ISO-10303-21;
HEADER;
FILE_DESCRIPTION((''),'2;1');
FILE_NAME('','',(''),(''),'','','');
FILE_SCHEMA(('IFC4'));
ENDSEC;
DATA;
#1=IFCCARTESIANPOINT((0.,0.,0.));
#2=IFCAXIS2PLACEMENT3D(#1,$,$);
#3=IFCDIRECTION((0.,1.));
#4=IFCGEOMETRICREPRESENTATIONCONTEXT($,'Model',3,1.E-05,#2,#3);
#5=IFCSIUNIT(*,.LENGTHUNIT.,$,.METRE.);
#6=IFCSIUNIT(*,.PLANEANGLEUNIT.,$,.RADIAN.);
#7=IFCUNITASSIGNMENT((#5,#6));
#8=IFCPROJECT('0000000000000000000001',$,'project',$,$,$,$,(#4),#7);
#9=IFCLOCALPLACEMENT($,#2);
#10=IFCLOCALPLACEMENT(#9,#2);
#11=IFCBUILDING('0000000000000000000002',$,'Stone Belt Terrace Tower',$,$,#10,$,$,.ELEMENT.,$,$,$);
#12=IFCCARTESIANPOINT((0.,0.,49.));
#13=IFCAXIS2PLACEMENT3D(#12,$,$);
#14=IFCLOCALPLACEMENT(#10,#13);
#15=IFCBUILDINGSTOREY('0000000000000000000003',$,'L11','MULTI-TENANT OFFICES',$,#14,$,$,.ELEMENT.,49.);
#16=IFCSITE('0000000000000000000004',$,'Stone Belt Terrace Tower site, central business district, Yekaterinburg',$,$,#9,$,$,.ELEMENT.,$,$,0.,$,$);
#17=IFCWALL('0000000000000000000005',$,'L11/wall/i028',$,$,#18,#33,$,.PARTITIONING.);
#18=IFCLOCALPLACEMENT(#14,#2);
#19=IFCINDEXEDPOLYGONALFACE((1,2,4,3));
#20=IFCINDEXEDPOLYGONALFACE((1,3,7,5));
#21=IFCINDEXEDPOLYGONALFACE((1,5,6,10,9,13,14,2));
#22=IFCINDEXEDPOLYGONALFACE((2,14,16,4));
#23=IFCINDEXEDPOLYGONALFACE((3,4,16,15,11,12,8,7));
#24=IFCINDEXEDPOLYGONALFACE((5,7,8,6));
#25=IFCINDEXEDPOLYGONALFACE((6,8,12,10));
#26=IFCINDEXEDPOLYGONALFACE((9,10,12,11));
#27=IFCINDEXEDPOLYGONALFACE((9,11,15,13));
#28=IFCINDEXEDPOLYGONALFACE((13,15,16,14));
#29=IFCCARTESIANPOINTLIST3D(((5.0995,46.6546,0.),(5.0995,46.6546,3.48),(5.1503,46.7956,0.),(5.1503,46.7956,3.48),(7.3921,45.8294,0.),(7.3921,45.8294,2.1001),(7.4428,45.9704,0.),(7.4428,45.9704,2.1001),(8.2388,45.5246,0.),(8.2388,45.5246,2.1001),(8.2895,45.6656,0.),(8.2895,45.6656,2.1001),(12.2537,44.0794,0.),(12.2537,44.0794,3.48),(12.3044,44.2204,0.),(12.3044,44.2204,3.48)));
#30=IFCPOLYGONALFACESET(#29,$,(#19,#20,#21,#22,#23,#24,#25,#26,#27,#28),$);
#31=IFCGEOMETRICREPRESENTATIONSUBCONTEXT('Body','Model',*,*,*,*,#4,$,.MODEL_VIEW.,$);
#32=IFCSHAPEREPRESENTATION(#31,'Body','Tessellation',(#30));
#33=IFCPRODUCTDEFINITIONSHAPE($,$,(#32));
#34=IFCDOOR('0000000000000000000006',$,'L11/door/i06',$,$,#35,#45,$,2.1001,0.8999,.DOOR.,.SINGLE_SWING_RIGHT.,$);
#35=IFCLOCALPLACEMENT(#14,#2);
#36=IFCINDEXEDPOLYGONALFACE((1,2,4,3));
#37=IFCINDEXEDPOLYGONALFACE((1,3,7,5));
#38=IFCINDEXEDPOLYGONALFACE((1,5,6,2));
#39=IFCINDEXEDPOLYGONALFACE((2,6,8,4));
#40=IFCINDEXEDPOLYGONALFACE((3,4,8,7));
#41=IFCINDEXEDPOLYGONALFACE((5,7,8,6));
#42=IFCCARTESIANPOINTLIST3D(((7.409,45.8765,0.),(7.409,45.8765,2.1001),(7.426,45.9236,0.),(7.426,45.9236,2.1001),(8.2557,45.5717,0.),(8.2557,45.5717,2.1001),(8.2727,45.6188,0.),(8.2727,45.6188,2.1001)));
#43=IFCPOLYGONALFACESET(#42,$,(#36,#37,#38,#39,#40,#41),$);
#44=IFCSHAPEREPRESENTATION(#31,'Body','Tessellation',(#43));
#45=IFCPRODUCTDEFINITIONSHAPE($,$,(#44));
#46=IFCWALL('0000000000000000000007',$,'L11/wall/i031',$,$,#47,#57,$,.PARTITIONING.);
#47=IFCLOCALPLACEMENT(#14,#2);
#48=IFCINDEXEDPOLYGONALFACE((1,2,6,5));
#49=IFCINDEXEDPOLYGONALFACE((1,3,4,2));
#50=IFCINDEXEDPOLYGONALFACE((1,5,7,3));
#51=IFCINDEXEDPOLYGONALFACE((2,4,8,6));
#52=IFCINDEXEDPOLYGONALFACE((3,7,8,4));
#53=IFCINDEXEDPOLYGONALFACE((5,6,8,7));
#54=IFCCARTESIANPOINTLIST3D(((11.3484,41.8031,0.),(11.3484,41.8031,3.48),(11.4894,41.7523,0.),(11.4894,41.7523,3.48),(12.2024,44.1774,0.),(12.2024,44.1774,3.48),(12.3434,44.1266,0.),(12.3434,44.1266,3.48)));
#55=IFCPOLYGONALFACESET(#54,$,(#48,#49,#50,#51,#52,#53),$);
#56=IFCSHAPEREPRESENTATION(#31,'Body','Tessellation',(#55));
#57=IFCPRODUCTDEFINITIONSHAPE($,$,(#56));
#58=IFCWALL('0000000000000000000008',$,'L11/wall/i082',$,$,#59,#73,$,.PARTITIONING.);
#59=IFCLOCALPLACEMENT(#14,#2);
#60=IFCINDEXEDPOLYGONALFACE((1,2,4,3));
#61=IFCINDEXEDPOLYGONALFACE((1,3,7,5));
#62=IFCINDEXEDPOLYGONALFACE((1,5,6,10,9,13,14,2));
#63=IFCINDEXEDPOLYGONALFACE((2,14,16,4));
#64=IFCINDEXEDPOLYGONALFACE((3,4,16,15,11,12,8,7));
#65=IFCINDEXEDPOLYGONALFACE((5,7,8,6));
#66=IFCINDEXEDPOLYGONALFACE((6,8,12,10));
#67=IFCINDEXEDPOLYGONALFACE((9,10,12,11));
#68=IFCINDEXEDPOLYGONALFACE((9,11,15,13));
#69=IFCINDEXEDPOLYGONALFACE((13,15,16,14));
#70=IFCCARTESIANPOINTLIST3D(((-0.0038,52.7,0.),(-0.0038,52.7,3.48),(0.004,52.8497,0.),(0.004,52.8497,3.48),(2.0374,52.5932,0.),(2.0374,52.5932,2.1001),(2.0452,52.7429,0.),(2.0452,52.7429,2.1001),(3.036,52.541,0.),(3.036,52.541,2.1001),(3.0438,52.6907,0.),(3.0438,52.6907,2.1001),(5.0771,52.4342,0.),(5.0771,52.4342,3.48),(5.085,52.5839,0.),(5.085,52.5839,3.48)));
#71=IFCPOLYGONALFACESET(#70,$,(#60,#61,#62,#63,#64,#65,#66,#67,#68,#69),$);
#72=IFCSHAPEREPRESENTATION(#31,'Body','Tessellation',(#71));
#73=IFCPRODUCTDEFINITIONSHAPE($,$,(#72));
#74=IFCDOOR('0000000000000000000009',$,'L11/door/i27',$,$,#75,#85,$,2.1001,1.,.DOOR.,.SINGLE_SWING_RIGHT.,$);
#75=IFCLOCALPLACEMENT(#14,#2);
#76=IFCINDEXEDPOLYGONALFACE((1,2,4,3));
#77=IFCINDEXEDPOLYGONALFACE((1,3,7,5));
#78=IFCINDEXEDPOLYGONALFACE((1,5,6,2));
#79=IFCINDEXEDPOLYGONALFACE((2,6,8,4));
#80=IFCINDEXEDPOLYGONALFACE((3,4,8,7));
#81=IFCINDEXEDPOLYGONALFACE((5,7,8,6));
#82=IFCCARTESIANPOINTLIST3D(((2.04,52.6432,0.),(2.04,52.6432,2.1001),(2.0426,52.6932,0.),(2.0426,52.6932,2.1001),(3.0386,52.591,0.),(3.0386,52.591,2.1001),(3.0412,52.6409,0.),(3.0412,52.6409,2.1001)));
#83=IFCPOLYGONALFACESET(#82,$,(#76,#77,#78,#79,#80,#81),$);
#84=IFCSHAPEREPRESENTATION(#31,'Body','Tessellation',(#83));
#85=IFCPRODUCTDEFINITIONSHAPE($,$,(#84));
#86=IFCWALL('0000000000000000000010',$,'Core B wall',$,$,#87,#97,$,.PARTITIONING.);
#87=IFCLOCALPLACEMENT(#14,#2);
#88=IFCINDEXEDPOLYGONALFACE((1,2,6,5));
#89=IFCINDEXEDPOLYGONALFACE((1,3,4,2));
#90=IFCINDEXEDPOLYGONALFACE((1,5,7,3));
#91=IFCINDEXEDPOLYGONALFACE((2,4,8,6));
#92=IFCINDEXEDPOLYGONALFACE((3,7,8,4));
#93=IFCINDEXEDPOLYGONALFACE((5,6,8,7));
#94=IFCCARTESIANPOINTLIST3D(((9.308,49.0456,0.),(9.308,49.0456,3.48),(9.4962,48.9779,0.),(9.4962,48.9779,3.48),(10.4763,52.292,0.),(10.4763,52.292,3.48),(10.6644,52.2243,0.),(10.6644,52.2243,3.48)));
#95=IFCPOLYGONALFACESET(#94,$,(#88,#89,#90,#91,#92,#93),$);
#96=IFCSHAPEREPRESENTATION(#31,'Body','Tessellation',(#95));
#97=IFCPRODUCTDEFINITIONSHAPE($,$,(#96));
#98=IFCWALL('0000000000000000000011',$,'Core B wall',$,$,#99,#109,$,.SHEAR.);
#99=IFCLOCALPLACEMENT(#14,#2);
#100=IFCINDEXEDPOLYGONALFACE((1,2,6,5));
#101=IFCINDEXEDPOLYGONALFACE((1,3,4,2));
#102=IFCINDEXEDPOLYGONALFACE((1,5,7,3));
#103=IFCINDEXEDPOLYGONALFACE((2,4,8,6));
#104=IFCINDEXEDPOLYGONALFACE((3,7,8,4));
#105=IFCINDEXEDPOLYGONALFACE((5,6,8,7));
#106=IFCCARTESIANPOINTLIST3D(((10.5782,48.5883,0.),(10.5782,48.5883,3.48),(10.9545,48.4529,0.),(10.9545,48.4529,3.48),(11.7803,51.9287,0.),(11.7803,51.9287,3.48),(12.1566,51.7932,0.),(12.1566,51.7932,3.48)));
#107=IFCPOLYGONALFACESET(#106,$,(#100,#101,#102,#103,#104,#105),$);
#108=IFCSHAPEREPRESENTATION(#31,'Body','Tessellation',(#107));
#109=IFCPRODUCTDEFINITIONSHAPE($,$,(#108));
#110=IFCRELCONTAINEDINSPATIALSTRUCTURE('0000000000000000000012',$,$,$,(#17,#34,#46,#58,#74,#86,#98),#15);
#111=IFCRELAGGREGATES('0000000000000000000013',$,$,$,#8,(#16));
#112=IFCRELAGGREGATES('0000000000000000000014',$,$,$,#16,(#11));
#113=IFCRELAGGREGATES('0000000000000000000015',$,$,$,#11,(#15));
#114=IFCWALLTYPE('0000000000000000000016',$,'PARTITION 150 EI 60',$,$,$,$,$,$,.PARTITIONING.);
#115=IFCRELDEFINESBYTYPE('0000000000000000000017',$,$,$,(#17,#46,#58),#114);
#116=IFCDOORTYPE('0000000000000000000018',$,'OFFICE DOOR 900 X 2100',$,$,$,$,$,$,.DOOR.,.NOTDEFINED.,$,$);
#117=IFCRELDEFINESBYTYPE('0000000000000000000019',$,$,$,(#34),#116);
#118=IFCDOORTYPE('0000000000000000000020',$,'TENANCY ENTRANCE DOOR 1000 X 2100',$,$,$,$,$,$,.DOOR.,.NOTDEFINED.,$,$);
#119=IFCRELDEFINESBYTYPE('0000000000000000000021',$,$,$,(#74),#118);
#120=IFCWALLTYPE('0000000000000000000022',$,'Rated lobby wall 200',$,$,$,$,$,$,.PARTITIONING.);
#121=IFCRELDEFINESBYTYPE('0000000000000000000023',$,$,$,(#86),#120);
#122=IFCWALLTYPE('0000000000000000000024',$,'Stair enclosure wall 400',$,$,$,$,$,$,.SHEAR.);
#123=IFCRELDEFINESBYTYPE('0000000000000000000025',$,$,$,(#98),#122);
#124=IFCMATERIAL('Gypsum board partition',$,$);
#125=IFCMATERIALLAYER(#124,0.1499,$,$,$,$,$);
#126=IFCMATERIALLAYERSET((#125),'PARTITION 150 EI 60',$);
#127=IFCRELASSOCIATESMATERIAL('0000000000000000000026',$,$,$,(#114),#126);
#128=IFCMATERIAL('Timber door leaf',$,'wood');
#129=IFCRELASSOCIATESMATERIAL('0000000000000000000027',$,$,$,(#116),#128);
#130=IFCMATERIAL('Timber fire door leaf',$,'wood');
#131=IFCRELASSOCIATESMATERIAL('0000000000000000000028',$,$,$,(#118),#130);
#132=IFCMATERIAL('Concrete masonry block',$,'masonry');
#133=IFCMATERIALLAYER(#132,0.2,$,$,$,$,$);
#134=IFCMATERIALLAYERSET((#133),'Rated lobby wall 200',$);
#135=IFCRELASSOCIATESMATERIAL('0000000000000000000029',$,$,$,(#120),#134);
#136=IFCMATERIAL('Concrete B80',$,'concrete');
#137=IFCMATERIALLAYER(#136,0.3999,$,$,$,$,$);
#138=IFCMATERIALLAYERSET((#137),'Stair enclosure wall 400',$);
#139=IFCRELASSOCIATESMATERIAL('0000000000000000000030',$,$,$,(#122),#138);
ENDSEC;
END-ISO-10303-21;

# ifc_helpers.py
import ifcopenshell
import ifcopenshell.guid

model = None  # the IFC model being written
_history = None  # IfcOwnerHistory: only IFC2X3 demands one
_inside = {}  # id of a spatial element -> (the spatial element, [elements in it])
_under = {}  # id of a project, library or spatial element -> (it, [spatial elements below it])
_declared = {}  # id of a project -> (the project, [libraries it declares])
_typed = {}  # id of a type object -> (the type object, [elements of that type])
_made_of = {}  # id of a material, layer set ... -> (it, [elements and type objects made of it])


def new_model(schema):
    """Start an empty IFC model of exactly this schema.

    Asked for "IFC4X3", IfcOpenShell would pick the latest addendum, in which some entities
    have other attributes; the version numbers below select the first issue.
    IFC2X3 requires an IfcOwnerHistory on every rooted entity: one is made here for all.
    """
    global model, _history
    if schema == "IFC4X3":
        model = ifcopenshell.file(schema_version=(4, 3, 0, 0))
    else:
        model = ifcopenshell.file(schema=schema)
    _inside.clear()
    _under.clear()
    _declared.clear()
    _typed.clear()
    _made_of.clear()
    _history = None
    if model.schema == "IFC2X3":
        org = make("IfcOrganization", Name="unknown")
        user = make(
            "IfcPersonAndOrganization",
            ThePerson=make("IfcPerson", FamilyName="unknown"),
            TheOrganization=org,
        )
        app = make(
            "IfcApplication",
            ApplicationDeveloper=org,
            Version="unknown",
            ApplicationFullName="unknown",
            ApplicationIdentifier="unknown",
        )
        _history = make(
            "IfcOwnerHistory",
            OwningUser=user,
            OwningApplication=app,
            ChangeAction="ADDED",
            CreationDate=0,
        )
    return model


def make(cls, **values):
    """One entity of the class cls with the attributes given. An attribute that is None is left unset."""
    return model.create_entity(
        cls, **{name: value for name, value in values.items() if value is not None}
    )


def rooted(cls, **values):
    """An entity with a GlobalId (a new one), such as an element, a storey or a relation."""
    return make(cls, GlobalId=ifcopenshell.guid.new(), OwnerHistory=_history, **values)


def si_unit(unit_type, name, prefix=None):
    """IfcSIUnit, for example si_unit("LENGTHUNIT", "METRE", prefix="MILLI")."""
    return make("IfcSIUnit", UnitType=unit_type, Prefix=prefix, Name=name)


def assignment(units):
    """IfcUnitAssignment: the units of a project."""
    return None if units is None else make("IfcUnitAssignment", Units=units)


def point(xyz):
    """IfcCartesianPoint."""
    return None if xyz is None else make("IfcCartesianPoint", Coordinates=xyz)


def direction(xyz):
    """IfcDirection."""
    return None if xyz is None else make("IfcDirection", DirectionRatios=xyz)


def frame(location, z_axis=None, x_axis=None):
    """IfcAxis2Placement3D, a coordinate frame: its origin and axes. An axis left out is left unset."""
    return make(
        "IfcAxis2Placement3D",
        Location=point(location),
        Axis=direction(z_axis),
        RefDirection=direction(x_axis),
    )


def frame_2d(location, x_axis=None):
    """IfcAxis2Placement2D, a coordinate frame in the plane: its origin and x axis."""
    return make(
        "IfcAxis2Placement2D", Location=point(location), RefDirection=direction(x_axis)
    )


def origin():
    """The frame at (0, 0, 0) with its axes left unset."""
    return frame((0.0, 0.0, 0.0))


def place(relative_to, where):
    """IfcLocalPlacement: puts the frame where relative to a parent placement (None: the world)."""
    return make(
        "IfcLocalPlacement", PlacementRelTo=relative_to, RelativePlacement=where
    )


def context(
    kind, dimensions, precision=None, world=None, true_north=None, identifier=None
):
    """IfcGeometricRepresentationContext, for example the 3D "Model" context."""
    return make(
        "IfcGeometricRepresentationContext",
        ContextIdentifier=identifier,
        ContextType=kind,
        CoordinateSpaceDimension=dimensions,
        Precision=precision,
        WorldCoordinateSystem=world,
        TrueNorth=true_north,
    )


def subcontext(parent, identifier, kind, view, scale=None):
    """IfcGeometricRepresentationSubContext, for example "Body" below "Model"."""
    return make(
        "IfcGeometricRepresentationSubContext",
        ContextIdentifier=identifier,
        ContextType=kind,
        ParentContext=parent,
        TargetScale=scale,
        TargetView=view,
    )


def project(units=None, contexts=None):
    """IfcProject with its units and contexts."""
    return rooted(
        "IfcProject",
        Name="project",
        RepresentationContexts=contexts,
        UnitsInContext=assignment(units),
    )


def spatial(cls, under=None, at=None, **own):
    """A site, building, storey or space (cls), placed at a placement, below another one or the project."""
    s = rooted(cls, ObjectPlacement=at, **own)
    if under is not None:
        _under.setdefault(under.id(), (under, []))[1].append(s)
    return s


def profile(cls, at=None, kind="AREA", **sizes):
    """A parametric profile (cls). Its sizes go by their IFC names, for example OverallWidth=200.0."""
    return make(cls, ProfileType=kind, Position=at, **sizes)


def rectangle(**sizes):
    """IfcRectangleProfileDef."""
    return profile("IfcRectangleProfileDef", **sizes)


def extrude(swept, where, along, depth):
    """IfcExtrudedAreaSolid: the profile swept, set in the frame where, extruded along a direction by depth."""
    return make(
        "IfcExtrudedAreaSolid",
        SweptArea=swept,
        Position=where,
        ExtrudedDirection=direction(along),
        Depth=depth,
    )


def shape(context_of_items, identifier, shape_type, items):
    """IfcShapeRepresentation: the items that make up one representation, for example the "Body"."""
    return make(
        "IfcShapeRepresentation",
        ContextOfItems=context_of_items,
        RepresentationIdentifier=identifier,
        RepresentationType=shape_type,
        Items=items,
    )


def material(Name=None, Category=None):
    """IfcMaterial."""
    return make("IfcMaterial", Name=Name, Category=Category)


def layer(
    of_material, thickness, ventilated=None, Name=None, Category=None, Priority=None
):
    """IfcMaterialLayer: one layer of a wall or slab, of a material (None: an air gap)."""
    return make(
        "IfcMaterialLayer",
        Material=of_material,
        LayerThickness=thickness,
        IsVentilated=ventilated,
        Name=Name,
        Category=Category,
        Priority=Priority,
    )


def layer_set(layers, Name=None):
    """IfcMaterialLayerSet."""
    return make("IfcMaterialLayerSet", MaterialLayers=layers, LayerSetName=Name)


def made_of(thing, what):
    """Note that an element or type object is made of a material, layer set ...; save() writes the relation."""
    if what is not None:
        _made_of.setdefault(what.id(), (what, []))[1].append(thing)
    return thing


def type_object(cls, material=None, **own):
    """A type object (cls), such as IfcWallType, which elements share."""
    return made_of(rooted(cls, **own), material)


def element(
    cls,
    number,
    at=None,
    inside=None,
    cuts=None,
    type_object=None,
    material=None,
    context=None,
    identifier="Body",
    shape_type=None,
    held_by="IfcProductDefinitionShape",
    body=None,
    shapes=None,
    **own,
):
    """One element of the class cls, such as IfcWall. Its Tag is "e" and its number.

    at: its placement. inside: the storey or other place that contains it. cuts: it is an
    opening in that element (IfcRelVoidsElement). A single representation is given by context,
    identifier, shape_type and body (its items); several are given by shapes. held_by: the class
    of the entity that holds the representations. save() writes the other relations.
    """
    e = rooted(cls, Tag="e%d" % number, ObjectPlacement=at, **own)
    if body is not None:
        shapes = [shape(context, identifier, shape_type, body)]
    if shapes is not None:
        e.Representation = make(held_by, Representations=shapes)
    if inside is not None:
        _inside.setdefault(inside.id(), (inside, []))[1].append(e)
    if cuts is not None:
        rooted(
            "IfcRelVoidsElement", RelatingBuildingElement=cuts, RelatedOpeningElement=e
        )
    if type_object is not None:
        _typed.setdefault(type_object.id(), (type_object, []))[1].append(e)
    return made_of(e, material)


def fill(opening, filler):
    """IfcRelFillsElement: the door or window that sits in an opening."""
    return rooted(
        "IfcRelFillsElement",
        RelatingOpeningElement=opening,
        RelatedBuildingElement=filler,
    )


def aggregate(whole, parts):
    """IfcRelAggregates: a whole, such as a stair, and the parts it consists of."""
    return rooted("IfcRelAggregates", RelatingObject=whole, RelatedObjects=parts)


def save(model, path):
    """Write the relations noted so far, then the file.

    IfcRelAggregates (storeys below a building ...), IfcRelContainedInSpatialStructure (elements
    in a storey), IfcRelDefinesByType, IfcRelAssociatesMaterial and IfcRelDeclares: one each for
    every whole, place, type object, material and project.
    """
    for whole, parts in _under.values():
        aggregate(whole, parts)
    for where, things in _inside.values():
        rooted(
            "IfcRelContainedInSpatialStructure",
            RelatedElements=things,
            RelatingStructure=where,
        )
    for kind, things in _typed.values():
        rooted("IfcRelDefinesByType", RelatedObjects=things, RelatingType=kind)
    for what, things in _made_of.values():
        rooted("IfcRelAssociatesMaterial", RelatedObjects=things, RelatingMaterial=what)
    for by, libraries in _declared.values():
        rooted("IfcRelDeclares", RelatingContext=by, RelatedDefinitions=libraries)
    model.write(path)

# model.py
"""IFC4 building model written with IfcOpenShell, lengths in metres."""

from ifc_helpers import new_model, si_unit, direction, frame, frame_2d, origin, place, context, subcontext, project, spatial, rectangle, extrude, material, layer, layer_set, type_object, element, fill, save


model = new_model("IFC4")

# Units and contexts
model_context = context("Model", 3, precision=1e-05, world=origin(), true_north=direction((0.0, 1.0)))
body_context = subcontext(model_context, "Body", "Model", "MODEL_VIEW")
ifc_project = project(units=[si_unit("LENGTHUNIT", "METRE"), si_unit("PLANEANGLEUNIT", "RADIAN")], contexts=[model_context])

# Site, building, storey
site_placement = place(None, origin())
site = spatial("IfcSite", under=ifc_project, at=site_placement, Name="Stone Belt Terrace Tower site, central business district, Yekaterinburg", CompositionType="ELEMENT", RefElevation=0.0)
building_placement = place(site_placement, origin())
building = spatial("IfcBuilding", under=site, at=building_placement, Name="Stone Belt Terrace Tower", CompositionType="ELEMENT")
storey_placement = place(building_placement, frame((0.0, 0.0, 49.0)))
storey = spatial("IfcBuildingStorey", under=building, at=storey_placement, Name="L11", Description="MULTI-TENANT OFFICES", CompositionType="ELEMENT", Elevation=49.0)

# Shared definitions
ifc_material_1 = material(Name="Concrete B80", Category="concrete")
ifc_material_2 = material(Name="Timber door leaf", Category="wood")

# Shared definitions
ifc_material_3 = material(Name="Gypsum board partition")
ifc_layer_1 = layer(ifc_material_3, 0.1499)
ifc_layer_set_1 = layer_set([ifc_layer_1], Name="PARTITION 150 EI 60")
wall_type_1 = type_object("IfcWallType", Name="PARTITION 150 EI 60", PredefinedType="PARTITIONING", material=ifc_layer_set_1)

# Wall, opening, door
wall_1_placement = place(storey_placement, frame((12.2791, 44.1499, 0.0), z_axis=(0.0, 0.0, 1.0), x_axis=(-0.940898, 0.338689, 0.0)))
wall_1 = element("IfcWall", 1, at=wall_1_placement, inside=storey, type_object=wall_type_1, Name="L11/wall/i028", PredefinedType="PARTITIONING", context=body_context, shape_type="SweptSolid", body=[
    extrude(rectangle(XDim=7.6035, YDim=0.1499, at=frame_2d((3.8018, 0.0))), origin(), (0.0, 0.0, 1.0), 3.48),
])
opening_1_placement = place(wall_1_placement, frame((4.2671, 0.0, 0.0)))
opening_1 = element("IfcOpeningElement", 2, at=opening_1_placement, cuts=wall_1, PredefinedType="OPENING", context=body_context, shape_type="SweptSolid", body=[
    extrude(rectangle(XDim=0.8999, YDim=2.1001, at=frame_2d((0.45, 1.05))), frame((0.0, 0.085, 0.0), z_axis=(0.0, -1.0, 0.0), x_axis=(1.0, 0.0, 0.0)), (0.0, 0.0, 1.0), 0.1699),
])
door_type_1 = type_object("IfcDoorType", Name="OFFICE DOOR 900 X 2100", OperationType="NOTDEFINED", PredefinedType="DOOR", material=ifc_material_2)
door_1_placement = place(opening_1_placement, origin())
door_1 = element("IfcDoor", 3, at=door_1_placement, inside=storey, type_object=door_type_1, Name="L11/door/i06", OperationType="SINGLE_SWING_RIGHT", OverallHeight=2.1001, OverallWidth=0.8999, PredefinedType="DOOR", context=body_context, shape_type="SweptSolid", body=[
    extrude(rectangle(XDim=0.8999, YDim=2.1001, at=frame_2d((0.45, 1.05))), frame((0.0, 0.0249, 0.0), z_axis=(0.0, -1.0, 0.0), x_axis=(1.0, 0.0, 0.0)), (0.0, 0.0, 1.0), 0.05),
])
fill(opening_1, door_1)

# Wall
wall_2_placement = place(storey_placement, frame((12.2729, 44.1521, 0.0), z_axis=(0.0, 0.0, 1.0), x_axis=(-0.338462, -0.94098, 0.0)))
element("IfcWall", 4, at=wall_2_placement, inside=storey, type_object=wall_type_1, Name="L11/wall/i031", PredefinedType="PARTITIONING", context=body_context, shape_type="SweptSolid", body=[
    extrude(rectangle(XDim=2.5232, YDim=0.1499, at=frame_2d((1.2617, 0.0))), origin(), (0.0, 0.0, 1.0), 3.48),
])

# Wall, opening, door
wall_3_placement = place(storey_placement, frame((5.0811, 52.509, 0.0), z_axis=(0.0, 0.0, 1.0), x_axis=(-0.998634, 0.052254, 0.0)))
wall_3 = element("IfcWall", 5, at=wall_3_placement, inside=storey, type_object=wall_type_1, Name="L11/wall/i082", PredefinedType="PARTITIONING", context=body_context, shape_type="SweptSolid", body=[
    extrude(rectangle(XDim=5.0879, YDim=0.1499, at=frame_2d((2.5439, 0.0))), origin(), (0.0, 0.0, 1.0), 3.48),
])
opening_2_placement = place(wall_3_placement, frame((2.0439, 0.0, 0.0)))
opening_2 = element("IfcOpeningElement", 6, at=opening_2_placement, cuts=wall_3, PredefinedType="OPENING", context=body_context, shape_type="SweptSolid", body=[
    extrude(rectangle(XDim=1.0, YDim=2.1001, at=frame_2d((0.5, 1.05))), frame((0.0, 0.085, 0.0), z_axis=(0.0, -1.0, 0.0), x_axis=(1.0, 0.0, 0.0)), (0.0, 0.0, 1.0), 0.1699),
])
ifc_material_4 = material(Name="Timber fire door leaf", Category="wood")
door_type_2 = type_object("IfcDoorType", Name="TENANCY ENTRANCE DOOR 1000 X 2100", OperationType="NOTDEFINED", PredefinedType="DOOR", material=ifc_material_4)
door_2_placement = place(opening_2_placement, origin())
door_2 = element("IfcDoor", 7, at=door_2_placement, inside=storey, type_object=door_type_2, Name="L11/door/i27", OperationType="SINGLE_SWING_RIGHT", OverallHeight=2.1001, OverallWidth=1.0, PredefinedType="DOOR", context=body_context, shape_type="SweptSolid", body=[
    extrude(rectangle(XDim=1.0, YDim=2.1001, at=frame_2d((0.5, 1.05))), frame((0.0, 0.0249, 0.0), z_axis=(0.0, -1.0, 0.0), x_axis=(1.0, 0.0, 0.0)), (0.0, 0.0, 1.0), 0.05),
])
fill(opening_2, door_2)

# Walls
ifc_material_5 = material(Name="Concrete masonry block", Category="masonry")
ifc_layer_2 = layer(ifc_material_5, 0.2)
ifc_layer_set_2 = layer_set([ifc_layer_2], Name="Rated lobby wall 200")
wall_type_2 = type_object("IfcWallType", Name="Rated lobby wall 200", PredefinedType="PARTITIONING", material=ifc_layer_set_2)
wall_4_placement = place(storey_placement, frame((9.4021, 49.0117, 0.0), z_axis=(0.0, 0.0, 1.0), x_axis=(0.338599, 0.940931, 0.0)))
element("IfcWall", 8, at=wall_4_placement, inside=storey, type_object=wall_type_2, Name="Core B wall", PredefinedType="PARTITIONING", context=body_context, shape_type="SweptSolid", body=[
    extrude(rectangle(XDim=3.4502, YDim=0.2, at=frame_2d((1.7251, 0.0))), origin(), (0.0, 0.0, 1.0), 3.48),
])
ifc_layer_3 = layer(ifc_material_1, 0.3999)
ifc_layer_set_3 = layer_set([ifc_layer_3], Name="Stair enclosure wall 400")
wall_type_3 = type_object("IfcWallType", Name="Stair enclosure wall 400", PredefinedType="SHEAR", material=ifc_layer_set_3)
wall_5_placement = place(storey_placement, frame((10.7664, 48.5208, 0.0), z_axis=(0.0, 0.0, 1.0), x_axis=(0.338627, 0.940921, 0.0)))
element("IfcWall", 9, at=wall_5_placement, inside=storey, type_object=wall_type_3, Name="Core B wall", PredefinedType="SHEAR", context=body_context, shape_type="SweptSolid", body=[
    extrude(rectangle(XDim=3.55, YDim=0.3999, at=frame_2d((1.7749, 0.0))), origin(), (0.0, 0.0, 1.0), 3.48),
])

save(model, "model.ifc")
